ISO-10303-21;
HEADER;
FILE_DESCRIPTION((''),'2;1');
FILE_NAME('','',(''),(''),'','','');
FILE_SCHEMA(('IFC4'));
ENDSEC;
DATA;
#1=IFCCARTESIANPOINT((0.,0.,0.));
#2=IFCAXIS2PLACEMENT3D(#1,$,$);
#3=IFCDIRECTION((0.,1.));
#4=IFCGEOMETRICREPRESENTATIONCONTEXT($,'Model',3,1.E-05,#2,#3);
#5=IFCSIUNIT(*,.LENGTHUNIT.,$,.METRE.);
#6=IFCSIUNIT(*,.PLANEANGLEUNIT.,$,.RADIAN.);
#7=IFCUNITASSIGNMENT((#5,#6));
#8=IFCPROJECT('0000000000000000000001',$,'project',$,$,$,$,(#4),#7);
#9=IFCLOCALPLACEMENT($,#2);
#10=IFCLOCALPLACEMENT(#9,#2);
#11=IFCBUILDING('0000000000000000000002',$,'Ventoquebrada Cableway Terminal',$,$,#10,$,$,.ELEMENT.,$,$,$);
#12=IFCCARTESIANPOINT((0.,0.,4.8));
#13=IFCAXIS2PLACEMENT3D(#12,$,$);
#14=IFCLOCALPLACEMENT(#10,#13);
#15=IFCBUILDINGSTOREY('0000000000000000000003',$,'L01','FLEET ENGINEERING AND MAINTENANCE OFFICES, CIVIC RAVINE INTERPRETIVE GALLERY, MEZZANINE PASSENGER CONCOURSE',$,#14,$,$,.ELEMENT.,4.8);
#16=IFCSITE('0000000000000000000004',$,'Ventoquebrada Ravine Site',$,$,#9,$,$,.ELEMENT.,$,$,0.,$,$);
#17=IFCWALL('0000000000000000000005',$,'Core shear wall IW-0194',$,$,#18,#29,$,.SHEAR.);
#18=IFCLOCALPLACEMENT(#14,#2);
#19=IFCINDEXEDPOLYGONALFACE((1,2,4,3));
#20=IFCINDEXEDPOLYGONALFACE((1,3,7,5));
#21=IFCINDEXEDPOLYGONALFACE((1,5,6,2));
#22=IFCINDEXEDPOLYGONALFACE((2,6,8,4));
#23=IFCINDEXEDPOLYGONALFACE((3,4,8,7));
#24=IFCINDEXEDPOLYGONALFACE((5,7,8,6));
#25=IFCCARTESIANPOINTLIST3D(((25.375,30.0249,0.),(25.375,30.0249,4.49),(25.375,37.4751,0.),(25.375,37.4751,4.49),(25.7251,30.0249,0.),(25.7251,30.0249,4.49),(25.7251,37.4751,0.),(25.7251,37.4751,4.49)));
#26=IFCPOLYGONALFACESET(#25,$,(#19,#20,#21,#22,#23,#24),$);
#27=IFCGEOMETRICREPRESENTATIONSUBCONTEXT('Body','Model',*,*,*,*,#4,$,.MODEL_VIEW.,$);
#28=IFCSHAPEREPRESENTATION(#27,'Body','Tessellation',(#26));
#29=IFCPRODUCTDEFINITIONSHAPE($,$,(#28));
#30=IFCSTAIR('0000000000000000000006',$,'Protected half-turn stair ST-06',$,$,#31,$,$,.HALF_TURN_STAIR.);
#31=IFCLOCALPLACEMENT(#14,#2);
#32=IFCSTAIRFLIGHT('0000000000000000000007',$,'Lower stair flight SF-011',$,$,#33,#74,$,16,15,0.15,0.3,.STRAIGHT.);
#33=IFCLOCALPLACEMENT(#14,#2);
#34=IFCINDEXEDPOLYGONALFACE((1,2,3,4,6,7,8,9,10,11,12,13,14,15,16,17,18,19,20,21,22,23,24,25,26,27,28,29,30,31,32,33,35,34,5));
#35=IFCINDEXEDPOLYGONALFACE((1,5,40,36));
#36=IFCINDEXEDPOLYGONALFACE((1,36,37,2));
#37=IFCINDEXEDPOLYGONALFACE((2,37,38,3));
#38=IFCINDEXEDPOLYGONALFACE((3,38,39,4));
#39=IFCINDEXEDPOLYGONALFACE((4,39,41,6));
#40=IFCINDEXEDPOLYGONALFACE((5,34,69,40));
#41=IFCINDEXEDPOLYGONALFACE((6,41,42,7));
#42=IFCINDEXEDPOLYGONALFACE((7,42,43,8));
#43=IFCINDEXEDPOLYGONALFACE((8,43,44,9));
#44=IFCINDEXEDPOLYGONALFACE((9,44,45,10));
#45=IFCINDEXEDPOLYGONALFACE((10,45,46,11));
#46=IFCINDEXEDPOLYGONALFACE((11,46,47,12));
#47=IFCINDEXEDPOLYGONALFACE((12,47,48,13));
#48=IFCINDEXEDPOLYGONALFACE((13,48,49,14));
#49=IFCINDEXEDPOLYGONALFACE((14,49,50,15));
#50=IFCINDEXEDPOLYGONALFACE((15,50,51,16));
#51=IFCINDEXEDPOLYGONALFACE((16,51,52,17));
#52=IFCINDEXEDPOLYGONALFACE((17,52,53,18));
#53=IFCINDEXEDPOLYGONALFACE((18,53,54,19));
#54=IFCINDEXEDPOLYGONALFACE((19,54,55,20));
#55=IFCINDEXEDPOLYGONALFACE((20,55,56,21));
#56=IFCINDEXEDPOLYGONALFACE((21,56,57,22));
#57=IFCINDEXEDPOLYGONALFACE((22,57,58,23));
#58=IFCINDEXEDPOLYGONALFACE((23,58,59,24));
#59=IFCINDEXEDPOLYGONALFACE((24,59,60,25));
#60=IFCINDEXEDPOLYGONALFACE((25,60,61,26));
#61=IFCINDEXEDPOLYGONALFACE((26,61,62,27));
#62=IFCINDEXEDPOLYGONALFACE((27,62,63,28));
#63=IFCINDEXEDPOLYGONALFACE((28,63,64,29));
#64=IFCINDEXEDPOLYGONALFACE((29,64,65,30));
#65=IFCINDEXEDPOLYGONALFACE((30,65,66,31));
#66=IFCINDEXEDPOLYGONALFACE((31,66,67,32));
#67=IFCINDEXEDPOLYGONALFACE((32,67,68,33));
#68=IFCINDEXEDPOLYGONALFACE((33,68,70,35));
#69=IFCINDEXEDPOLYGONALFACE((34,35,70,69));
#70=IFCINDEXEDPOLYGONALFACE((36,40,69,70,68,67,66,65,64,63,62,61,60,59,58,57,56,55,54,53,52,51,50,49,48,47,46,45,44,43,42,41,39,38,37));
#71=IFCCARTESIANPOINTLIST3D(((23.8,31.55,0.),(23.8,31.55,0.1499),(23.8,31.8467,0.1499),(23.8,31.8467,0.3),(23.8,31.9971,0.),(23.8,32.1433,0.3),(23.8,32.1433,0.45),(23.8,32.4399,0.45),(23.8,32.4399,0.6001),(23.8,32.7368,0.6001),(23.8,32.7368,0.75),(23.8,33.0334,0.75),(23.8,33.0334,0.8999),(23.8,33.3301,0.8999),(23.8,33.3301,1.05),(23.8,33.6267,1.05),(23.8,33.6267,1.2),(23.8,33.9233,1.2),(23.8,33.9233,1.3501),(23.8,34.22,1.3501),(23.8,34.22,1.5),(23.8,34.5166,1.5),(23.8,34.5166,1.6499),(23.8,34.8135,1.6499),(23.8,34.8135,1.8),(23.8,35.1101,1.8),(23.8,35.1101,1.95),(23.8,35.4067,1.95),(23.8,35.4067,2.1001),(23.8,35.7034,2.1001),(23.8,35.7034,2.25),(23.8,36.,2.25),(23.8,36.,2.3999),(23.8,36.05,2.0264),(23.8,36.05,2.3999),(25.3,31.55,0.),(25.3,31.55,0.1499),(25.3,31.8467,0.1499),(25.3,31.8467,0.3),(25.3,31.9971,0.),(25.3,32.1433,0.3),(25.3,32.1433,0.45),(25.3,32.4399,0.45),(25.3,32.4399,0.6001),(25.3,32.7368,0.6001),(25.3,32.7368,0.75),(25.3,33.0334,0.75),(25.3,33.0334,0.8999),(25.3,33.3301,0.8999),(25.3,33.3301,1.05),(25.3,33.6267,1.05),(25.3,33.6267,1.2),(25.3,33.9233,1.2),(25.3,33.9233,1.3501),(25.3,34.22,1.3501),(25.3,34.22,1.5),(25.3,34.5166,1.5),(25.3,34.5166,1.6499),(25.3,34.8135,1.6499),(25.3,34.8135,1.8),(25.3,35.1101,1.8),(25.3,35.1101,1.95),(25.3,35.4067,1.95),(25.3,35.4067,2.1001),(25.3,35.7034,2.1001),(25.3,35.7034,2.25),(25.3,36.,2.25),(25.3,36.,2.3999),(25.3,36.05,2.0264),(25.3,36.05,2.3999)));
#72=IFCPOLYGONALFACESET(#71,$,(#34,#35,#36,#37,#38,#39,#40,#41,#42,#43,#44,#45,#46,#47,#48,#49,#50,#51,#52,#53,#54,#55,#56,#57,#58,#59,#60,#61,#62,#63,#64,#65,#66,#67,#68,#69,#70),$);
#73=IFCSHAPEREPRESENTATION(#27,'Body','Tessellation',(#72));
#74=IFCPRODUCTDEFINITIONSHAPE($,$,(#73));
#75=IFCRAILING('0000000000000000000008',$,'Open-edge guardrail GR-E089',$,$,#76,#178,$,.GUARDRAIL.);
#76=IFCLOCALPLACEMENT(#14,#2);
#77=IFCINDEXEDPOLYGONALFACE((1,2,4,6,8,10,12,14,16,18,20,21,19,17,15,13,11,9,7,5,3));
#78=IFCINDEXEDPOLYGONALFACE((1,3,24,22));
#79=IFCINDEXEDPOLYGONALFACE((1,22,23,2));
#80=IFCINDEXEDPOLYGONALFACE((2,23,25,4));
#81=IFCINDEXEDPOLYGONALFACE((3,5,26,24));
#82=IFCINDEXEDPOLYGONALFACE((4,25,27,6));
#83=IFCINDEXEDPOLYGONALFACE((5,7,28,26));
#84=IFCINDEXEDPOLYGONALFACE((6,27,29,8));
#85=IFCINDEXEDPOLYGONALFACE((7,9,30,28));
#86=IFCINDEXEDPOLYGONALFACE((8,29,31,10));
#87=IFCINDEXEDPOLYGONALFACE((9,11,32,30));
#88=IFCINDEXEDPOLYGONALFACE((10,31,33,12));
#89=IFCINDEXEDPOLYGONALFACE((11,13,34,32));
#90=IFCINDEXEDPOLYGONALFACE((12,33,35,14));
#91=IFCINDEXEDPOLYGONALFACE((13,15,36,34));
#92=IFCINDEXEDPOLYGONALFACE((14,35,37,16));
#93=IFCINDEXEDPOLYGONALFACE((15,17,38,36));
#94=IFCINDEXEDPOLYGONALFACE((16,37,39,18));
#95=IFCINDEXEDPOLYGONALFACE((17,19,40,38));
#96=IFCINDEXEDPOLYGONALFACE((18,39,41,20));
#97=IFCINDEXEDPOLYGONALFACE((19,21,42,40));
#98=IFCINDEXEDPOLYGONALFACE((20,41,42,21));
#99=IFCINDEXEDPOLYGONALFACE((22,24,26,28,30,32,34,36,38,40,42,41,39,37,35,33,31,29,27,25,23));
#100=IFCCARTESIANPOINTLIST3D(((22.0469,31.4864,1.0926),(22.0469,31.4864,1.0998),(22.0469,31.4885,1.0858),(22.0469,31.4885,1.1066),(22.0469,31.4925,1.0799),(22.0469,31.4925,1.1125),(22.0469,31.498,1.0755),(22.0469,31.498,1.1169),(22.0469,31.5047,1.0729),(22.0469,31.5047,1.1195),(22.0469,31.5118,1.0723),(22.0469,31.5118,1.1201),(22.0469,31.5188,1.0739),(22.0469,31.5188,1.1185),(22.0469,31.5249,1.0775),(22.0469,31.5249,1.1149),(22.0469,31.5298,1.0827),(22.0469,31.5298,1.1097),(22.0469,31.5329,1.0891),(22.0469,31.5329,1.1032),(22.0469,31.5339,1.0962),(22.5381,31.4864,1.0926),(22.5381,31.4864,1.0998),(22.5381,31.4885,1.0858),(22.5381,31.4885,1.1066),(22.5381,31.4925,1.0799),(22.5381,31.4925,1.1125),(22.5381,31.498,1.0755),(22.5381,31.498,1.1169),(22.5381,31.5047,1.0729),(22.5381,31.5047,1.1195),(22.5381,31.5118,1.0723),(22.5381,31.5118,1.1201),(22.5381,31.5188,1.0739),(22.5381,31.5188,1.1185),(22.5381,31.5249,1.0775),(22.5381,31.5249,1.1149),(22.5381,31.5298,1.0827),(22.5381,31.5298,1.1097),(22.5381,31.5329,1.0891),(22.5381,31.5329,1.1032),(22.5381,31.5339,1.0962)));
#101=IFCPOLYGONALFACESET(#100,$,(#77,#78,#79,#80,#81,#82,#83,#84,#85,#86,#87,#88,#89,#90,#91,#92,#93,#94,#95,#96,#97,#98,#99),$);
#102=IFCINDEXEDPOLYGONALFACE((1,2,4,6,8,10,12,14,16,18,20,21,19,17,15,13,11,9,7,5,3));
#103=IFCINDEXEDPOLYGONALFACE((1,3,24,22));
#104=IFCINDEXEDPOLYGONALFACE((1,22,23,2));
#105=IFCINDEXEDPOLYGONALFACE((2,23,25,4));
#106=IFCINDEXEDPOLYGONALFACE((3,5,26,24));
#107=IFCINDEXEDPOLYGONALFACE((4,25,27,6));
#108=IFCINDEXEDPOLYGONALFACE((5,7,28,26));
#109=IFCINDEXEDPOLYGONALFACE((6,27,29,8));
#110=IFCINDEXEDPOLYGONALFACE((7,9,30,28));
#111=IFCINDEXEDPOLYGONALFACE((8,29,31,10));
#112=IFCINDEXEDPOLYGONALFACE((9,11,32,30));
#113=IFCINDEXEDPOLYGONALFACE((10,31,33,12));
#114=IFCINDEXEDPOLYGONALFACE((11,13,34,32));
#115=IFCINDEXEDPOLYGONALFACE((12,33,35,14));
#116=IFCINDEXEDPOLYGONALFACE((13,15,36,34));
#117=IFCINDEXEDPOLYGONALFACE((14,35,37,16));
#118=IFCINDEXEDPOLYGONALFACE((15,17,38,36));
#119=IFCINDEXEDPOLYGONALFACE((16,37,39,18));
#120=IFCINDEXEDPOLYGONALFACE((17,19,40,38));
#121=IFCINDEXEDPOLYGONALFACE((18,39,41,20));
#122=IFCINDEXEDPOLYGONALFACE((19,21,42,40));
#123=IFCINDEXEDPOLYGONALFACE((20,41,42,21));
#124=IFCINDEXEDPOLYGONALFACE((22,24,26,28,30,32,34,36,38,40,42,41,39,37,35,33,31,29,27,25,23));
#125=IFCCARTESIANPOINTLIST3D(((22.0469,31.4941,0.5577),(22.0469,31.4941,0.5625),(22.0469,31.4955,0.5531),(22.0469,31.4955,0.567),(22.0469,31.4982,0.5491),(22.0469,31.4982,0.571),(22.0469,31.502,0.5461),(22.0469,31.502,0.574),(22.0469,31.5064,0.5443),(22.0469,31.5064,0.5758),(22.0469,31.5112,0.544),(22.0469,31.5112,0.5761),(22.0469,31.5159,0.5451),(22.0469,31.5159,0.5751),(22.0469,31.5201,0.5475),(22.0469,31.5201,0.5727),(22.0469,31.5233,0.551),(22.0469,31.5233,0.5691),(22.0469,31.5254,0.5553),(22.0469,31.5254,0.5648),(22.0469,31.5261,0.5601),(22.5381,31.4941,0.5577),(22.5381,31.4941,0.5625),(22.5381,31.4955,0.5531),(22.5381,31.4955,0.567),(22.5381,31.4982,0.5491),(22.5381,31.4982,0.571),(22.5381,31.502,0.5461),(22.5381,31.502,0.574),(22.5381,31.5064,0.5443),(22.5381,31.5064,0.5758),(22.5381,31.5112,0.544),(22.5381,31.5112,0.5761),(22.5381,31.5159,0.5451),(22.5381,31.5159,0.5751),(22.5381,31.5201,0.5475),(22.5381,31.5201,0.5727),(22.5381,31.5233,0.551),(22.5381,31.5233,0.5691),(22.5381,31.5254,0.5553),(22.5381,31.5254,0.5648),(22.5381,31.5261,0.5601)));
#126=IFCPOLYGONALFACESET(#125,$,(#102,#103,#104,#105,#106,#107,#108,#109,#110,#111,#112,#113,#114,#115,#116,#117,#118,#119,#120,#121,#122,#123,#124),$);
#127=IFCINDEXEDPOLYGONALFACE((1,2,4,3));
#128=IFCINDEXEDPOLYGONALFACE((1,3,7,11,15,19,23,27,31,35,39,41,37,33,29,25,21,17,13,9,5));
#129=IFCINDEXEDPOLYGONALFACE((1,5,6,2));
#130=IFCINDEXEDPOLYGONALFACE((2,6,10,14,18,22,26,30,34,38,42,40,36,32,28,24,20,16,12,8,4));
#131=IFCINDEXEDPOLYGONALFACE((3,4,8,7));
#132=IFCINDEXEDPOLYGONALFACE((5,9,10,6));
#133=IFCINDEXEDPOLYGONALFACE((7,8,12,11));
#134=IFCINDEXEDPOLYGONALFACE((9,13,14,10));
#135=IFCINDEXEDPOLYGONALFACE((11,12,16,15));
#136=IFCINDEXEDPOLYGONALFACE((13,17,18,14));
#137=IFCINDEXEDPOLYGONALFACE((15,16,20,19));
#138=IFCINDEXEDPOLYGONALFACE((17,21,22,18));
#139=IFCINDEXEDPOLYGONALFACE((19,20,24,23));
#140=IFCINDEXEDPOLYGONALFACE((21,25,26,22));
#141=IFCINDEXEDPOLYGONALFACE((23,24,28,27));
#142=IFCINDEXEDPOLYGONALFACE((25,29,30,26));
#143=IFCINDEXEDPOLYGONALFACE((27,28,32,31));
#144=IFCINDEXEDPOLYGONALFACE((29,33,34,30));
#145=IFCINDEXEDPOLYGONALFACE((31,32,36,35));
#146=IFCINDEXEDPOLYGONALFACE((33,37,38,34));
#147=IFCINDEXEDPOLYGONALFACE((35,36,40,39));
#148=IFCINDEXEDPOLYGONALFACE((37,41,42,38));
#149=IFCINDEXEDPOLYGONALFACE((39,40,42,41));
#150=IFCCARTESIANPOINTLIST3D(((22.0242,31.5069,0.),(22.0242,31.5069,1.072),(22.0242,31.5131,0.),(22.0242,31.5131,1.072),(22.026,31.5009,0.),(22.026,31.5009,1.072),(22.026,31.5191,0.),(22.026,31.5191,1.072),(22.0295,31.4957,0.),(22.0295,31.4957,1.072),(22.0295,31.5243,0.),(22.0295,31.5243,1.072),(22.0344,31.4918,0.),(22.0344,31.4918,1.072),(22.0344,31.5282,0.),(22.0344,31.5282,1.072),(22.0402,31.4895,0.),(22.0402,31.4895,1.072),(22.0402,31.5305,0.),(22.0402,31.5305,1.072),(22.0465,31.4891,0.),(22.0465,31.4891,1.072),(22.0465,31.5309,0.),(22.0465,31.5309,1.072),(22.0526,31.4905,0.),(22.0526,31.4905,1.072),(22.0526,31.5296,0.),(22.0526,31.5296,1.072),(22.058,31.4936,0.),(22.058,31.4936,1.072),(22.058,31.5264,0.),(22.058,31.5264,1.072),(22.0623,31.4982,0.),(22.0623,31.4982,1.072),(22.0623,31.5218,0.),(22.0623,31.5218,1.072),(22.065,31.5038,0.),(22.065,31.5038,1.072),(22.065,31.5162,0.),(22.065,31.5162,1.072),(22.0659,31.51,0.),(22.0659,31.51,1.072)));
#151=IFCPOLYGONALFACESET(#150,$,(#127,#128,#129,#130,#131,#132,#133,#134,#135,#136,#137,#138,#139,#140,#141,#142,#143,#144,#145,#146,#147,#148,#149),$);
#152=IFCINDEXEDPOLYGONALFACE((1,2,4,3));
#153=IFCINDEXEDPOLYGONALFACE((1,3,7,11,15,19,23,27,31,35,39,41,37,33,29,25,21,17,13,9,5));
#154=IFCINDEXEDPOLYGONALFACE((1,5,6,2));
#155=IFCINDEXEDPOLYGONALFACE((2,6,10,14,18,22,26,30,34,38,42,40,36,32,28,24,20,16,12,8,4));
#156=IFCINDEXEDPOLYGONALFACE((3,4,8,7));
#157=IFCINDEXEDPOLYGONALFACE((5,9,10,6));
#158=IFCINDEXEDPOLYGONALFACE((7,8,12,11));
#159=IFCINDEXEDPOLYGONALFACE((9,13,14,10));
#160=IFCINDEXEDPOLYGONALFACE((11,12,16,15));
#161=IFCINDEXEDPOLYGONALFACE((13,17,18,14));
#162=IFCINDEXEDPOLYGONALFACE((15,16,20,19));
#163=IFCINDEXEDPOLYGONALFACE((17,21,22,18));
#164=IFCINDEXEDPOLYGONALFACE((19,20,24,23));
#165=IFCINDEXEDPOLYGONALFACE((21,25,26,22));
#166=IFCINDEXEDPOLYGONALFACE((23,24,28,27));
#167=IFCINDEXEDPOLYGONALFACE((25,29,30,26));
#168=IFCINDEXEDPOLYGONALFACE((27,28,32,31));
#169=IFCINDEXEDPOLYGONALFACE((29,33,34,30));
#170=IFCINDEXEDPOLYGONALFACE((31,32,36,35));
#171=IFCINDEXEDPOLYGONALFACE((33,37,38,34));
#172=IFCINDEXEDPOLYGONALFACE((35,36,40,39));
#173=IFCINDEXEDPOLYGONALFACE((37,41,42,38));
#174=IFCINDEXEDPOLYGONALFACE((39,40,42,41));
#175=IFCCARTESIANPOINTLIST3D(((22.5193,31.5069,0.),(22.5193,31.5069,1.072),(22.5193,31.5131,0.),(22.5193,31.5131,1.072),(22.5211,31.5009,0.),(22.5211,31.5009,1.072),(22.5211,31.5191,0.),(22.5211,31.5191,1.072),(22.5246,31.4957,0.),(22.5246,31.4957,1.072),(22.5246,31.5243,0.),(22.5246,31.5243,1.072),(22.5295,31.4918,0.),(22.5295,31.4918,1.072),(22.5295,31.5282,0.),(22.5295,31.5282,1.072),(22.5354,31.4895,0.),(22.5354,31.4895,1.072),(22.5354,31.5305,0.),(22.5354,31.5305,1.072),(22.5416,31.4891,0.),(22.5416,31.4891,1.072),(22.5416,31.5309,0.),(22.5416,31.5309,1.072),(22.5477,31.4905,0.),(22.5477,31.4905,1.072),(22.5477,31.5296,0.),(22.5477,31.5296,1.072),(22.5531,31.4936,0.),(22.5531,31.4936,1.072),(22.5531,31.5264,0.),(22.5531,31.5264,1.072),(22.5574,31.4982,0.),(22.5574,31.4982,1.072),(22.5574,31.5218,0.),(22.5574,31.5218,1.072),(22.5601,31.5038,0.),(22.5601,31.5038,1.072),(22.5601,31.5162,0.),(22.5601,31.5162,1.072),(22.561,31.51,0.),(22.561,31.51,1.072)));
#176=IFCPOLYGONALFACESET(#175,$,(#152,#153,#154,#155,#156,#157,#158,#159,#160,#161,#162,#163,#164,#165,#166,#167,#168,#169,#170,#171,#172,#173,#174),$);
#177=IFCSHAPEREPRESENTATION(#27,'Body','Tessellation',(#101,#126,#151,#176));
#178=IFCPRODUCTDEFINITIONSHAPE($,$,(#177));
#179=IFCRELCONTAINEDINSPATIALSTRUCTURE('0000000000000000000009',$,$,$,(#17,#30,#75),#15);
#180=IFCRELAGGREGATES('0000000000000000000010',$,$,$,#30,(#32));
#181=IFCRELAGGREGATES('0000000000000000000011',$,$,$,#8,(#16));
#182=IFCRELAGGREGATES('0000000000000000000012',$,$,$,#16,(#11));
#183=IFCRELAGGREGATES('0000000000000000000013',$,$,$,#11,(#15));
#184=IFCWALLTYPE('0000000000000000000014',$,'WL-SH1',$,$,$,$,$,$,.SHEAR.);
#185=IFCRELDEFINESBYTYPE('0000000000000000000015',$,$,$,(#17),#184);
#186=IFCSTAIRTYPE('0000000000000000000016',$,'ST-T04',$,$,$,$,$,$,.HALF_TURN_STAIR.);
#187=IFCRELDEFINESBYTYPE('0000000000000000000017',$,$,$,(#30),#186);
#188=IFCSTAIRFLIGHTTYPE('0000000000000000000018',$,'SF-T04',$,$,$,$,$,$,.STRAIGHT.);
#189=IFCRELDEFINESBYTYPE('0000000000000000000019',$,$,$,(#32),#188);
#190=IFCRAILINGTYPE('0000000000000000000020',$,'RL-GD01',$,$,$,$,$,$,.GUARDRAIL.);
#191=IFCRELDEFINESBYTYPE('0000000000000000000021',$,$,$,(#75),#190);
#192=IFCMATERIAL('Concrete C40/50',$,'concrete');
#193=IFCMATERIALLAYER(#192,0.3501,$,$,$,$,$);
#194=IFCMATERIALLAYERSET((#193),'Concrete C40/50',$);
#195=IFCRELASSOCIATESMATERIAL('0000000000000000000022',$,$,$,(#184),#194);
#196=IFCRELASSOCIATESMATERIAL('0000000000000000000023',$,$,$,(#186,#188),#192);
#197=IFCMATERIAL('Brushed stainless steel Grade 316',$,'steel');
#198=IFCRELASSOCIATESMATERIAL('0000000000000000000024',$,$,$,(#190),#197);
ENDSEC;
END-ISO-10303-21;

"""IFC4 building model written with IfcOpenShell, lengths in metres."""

from ifc_helpers import new_model, si_unit, direction, frame, frame_2d, origin, origin_2d, place, context, subcontext, project, spatial, polyline, rectangle, circle, outline, extrude, material, layer, layer_set, type_object, element, aggregate, save


model = new_model("IFC4")

# Units and contexts
model_context = context("Model", 3, precision=1e-05, world=origin(), true_north=direction((0.0, 1.0)))
body_context = subcontext(model_context, "Body", "Model", "MODEL_VIEW")
ifc_project = project(units=[si_unit("LENGTHUNIT", "METRE"), si_unit("PLANEANGLEUNIT", "RADIAN")], contexts=[model_context])

# Site, building, storey
site_placement = place(None, origin())
site = spatial("IfcSite", under=ifc_project, at=site_placement, Name="Ventoquebrada Ravine Site", CompositionType="ELEMENT", RefElevation=0.0)
building_placement = place(site_placement, origin())
building = spatial("IfcBuilding", under=site, at=building_placement, Name="Ventoquebrada Cableway Terminal", CompositionType="ELEMENT")
storey_placement = place(building_placement, frame((0.0, 0.0, 4.8)))
storey = spatial("IfcBuildingStorey", under=building, at=storey_placement, Name="L01", Description="FLEET ENGINEERING AND MAINTENANCE OFFICES, CIVIC RAVINE INTERPRETIVE GALLERY, MEZZANINE PASSENGER CONCOURSE", CompositionType="ELEMENT", Elevation=4.8)

# Shared definitions
ifc_material_1 = material(Name="Concrete C40/50", Category="concrete")

# Shared definitions
ifc_layer_1 = layer(ifc_material_1, 0.3501)
ifc_layer_set_1 = layer_set([ifc_layer_1], Name="Concrete C40/50")
wall_type_1 = type_object("IfcWallType", Name="WL-SH1", PredefinedType="SHEAR", material=ifc_layer_set_1)

# Wall
wall_1_placement = place(storey_placement, frame((25.55, 30.0249, 0.0), z_axis=(0.0, 0.0, 1.0), x_axis=(0.0, 1.0, 0.0)))
element("IfcWall", 1, at=wall_1_placement, inside=storey, type_object=wall_type_1, Name="Core shear wall IW-0194", PredefinedType="SHEAR", context=body_context, shape_type="SweptSolid", body=[
    extrude(rectangle(XDim=7.4502, YDim=0.3501, at=frame_2d((3.7251, 0.0))), origin(), (0.0, 0.0, 1.0), 4.49),
])

# Stair, stair flight
stair_type = type_object("IfcStairType", Name="ST-T04", PredefinedType="HALF_TURN_STAIR", material=ifc_material_1)
stair_placement = place(storey_placement, origin())
stair = element("IfcStair", 2, at=stair_placement, inside=storey, type_object=stair_type, Name="Protected half-turn stair ST-06", PredefinedType="HALF_TURN_STAIR")
stair_flight_type = type_object("IfcStairFlightType", Name="SF-T04", PredefinedType="STRAIGHT", material=ifc_material_1)
stair_flight_placement = place(storey_placement, frame((24.55, 31.55, 0.0), z_axis=(0.0, 0.0, 1.0), x_axis=(0.0, 1.0, 0.0)))
stair_flight = element("IfcStairFlight", 3, at=stair_flight_placement, type_object=stair_flight_type, Name="Lower stair flight SF-011", NumberOfRisers=16, NumberOfTreads=15, PredefinedType="STRAIGHT", RiserHeight=0.15, TreadLength=0.3, context=body_context, shape_type="SweptSolid", body=[
    extrude(outline(polyline([(0.0, 0.0), (0.0, 0.1499), (0.2966, 0.1499), (0.2966, 0.3), (0.5933, 0.3), (0.5933, 0.45), (0.8899, 0.45), (0.8899, 0.6001), (1.1868, 0.6001), (1.1868, 0.75), (1.4834, 0.75), (1.4834, 0.8999), (1.78, 0.8999), (1.78, 1.05), (2.0767, 1.05), (2.0767, 1.2), (2.3733, 1.2), (2.3733, 1.3501), (2.6699, 1.3501), (2.6699, 1.5), (2.9666, 1.5), (2.9666, 1.6499), (3.2634, 1.6499), (3.2634, 1.8), (3.5601, 1.8), (3.5601, 1.95), (3.8567, 1.95), (3.8567, 2.1001), (4.1533, 2.1001), (4.1533, 2.25), (4.45, 2.25), (4.45, 2.3999), (4.5, 2.3999), (4.5, 2.0264), (0.447, 0.0), (0.0, 0.0)])), frame((0.0, 0.75, 0.0), z_axis=(0.0, -1.0, 0.0), x_axis=(1.0, 0.0, 0.0)), (0.0, 0.0, 1.0), 1.5),
])
aggregate(stair, [stair_flight])

# Railing
ifc_material_2 = material(Name="Brushed stainless steel Grade 316", Category="steel")
railing_type_1 = type_object("IfcRailingType", Name="RL-GD01", PredefinedType="GUARDRAIL", material=ifc_material_2)
railing_1_placement = place(storey_placement, frame((22.0449, 31.51, 0.0)))
element("IfcRailing", 4, at=railing_1_placement, inside=storey, type_object=railing_type_1, Name="Open-edge guardrail GR-E089", PredefinedType="GUARDRAIL", context=body_context, shape_type="SweptSolid", body=[
    extrude(circle(Radius=0.0239, at=origin_2d()), frame((0.002, 0.0, 1.0962), z_axis=(1.0, 0.0, 0.0), x_axis=(0.0, 1.0, 0.0)), (0.0, 0.0, 1.0), 0.4912),
    extrude(circle(Radius=0.0161, at=origin_2d()), frame((0.002, 0.0, 0.5601), z_axis=(1.0, 0.0, 0.0), x_axis=(0.0, 1.0, 0.0)), (0.0, 0.0, 1.0), 0.4912),
    extrude(circle(Radius=0.021, at=origin_2d()), origin(), (0.0, 0.0, 1.0), 1.072),
    extrude(circle(Radius=0.021, at=origin_2d()), frame((0.4951, 0.0, 0.0)), (0.0, 0.0, 1.0), 1.072),
])

save(model, "model.ifc")
